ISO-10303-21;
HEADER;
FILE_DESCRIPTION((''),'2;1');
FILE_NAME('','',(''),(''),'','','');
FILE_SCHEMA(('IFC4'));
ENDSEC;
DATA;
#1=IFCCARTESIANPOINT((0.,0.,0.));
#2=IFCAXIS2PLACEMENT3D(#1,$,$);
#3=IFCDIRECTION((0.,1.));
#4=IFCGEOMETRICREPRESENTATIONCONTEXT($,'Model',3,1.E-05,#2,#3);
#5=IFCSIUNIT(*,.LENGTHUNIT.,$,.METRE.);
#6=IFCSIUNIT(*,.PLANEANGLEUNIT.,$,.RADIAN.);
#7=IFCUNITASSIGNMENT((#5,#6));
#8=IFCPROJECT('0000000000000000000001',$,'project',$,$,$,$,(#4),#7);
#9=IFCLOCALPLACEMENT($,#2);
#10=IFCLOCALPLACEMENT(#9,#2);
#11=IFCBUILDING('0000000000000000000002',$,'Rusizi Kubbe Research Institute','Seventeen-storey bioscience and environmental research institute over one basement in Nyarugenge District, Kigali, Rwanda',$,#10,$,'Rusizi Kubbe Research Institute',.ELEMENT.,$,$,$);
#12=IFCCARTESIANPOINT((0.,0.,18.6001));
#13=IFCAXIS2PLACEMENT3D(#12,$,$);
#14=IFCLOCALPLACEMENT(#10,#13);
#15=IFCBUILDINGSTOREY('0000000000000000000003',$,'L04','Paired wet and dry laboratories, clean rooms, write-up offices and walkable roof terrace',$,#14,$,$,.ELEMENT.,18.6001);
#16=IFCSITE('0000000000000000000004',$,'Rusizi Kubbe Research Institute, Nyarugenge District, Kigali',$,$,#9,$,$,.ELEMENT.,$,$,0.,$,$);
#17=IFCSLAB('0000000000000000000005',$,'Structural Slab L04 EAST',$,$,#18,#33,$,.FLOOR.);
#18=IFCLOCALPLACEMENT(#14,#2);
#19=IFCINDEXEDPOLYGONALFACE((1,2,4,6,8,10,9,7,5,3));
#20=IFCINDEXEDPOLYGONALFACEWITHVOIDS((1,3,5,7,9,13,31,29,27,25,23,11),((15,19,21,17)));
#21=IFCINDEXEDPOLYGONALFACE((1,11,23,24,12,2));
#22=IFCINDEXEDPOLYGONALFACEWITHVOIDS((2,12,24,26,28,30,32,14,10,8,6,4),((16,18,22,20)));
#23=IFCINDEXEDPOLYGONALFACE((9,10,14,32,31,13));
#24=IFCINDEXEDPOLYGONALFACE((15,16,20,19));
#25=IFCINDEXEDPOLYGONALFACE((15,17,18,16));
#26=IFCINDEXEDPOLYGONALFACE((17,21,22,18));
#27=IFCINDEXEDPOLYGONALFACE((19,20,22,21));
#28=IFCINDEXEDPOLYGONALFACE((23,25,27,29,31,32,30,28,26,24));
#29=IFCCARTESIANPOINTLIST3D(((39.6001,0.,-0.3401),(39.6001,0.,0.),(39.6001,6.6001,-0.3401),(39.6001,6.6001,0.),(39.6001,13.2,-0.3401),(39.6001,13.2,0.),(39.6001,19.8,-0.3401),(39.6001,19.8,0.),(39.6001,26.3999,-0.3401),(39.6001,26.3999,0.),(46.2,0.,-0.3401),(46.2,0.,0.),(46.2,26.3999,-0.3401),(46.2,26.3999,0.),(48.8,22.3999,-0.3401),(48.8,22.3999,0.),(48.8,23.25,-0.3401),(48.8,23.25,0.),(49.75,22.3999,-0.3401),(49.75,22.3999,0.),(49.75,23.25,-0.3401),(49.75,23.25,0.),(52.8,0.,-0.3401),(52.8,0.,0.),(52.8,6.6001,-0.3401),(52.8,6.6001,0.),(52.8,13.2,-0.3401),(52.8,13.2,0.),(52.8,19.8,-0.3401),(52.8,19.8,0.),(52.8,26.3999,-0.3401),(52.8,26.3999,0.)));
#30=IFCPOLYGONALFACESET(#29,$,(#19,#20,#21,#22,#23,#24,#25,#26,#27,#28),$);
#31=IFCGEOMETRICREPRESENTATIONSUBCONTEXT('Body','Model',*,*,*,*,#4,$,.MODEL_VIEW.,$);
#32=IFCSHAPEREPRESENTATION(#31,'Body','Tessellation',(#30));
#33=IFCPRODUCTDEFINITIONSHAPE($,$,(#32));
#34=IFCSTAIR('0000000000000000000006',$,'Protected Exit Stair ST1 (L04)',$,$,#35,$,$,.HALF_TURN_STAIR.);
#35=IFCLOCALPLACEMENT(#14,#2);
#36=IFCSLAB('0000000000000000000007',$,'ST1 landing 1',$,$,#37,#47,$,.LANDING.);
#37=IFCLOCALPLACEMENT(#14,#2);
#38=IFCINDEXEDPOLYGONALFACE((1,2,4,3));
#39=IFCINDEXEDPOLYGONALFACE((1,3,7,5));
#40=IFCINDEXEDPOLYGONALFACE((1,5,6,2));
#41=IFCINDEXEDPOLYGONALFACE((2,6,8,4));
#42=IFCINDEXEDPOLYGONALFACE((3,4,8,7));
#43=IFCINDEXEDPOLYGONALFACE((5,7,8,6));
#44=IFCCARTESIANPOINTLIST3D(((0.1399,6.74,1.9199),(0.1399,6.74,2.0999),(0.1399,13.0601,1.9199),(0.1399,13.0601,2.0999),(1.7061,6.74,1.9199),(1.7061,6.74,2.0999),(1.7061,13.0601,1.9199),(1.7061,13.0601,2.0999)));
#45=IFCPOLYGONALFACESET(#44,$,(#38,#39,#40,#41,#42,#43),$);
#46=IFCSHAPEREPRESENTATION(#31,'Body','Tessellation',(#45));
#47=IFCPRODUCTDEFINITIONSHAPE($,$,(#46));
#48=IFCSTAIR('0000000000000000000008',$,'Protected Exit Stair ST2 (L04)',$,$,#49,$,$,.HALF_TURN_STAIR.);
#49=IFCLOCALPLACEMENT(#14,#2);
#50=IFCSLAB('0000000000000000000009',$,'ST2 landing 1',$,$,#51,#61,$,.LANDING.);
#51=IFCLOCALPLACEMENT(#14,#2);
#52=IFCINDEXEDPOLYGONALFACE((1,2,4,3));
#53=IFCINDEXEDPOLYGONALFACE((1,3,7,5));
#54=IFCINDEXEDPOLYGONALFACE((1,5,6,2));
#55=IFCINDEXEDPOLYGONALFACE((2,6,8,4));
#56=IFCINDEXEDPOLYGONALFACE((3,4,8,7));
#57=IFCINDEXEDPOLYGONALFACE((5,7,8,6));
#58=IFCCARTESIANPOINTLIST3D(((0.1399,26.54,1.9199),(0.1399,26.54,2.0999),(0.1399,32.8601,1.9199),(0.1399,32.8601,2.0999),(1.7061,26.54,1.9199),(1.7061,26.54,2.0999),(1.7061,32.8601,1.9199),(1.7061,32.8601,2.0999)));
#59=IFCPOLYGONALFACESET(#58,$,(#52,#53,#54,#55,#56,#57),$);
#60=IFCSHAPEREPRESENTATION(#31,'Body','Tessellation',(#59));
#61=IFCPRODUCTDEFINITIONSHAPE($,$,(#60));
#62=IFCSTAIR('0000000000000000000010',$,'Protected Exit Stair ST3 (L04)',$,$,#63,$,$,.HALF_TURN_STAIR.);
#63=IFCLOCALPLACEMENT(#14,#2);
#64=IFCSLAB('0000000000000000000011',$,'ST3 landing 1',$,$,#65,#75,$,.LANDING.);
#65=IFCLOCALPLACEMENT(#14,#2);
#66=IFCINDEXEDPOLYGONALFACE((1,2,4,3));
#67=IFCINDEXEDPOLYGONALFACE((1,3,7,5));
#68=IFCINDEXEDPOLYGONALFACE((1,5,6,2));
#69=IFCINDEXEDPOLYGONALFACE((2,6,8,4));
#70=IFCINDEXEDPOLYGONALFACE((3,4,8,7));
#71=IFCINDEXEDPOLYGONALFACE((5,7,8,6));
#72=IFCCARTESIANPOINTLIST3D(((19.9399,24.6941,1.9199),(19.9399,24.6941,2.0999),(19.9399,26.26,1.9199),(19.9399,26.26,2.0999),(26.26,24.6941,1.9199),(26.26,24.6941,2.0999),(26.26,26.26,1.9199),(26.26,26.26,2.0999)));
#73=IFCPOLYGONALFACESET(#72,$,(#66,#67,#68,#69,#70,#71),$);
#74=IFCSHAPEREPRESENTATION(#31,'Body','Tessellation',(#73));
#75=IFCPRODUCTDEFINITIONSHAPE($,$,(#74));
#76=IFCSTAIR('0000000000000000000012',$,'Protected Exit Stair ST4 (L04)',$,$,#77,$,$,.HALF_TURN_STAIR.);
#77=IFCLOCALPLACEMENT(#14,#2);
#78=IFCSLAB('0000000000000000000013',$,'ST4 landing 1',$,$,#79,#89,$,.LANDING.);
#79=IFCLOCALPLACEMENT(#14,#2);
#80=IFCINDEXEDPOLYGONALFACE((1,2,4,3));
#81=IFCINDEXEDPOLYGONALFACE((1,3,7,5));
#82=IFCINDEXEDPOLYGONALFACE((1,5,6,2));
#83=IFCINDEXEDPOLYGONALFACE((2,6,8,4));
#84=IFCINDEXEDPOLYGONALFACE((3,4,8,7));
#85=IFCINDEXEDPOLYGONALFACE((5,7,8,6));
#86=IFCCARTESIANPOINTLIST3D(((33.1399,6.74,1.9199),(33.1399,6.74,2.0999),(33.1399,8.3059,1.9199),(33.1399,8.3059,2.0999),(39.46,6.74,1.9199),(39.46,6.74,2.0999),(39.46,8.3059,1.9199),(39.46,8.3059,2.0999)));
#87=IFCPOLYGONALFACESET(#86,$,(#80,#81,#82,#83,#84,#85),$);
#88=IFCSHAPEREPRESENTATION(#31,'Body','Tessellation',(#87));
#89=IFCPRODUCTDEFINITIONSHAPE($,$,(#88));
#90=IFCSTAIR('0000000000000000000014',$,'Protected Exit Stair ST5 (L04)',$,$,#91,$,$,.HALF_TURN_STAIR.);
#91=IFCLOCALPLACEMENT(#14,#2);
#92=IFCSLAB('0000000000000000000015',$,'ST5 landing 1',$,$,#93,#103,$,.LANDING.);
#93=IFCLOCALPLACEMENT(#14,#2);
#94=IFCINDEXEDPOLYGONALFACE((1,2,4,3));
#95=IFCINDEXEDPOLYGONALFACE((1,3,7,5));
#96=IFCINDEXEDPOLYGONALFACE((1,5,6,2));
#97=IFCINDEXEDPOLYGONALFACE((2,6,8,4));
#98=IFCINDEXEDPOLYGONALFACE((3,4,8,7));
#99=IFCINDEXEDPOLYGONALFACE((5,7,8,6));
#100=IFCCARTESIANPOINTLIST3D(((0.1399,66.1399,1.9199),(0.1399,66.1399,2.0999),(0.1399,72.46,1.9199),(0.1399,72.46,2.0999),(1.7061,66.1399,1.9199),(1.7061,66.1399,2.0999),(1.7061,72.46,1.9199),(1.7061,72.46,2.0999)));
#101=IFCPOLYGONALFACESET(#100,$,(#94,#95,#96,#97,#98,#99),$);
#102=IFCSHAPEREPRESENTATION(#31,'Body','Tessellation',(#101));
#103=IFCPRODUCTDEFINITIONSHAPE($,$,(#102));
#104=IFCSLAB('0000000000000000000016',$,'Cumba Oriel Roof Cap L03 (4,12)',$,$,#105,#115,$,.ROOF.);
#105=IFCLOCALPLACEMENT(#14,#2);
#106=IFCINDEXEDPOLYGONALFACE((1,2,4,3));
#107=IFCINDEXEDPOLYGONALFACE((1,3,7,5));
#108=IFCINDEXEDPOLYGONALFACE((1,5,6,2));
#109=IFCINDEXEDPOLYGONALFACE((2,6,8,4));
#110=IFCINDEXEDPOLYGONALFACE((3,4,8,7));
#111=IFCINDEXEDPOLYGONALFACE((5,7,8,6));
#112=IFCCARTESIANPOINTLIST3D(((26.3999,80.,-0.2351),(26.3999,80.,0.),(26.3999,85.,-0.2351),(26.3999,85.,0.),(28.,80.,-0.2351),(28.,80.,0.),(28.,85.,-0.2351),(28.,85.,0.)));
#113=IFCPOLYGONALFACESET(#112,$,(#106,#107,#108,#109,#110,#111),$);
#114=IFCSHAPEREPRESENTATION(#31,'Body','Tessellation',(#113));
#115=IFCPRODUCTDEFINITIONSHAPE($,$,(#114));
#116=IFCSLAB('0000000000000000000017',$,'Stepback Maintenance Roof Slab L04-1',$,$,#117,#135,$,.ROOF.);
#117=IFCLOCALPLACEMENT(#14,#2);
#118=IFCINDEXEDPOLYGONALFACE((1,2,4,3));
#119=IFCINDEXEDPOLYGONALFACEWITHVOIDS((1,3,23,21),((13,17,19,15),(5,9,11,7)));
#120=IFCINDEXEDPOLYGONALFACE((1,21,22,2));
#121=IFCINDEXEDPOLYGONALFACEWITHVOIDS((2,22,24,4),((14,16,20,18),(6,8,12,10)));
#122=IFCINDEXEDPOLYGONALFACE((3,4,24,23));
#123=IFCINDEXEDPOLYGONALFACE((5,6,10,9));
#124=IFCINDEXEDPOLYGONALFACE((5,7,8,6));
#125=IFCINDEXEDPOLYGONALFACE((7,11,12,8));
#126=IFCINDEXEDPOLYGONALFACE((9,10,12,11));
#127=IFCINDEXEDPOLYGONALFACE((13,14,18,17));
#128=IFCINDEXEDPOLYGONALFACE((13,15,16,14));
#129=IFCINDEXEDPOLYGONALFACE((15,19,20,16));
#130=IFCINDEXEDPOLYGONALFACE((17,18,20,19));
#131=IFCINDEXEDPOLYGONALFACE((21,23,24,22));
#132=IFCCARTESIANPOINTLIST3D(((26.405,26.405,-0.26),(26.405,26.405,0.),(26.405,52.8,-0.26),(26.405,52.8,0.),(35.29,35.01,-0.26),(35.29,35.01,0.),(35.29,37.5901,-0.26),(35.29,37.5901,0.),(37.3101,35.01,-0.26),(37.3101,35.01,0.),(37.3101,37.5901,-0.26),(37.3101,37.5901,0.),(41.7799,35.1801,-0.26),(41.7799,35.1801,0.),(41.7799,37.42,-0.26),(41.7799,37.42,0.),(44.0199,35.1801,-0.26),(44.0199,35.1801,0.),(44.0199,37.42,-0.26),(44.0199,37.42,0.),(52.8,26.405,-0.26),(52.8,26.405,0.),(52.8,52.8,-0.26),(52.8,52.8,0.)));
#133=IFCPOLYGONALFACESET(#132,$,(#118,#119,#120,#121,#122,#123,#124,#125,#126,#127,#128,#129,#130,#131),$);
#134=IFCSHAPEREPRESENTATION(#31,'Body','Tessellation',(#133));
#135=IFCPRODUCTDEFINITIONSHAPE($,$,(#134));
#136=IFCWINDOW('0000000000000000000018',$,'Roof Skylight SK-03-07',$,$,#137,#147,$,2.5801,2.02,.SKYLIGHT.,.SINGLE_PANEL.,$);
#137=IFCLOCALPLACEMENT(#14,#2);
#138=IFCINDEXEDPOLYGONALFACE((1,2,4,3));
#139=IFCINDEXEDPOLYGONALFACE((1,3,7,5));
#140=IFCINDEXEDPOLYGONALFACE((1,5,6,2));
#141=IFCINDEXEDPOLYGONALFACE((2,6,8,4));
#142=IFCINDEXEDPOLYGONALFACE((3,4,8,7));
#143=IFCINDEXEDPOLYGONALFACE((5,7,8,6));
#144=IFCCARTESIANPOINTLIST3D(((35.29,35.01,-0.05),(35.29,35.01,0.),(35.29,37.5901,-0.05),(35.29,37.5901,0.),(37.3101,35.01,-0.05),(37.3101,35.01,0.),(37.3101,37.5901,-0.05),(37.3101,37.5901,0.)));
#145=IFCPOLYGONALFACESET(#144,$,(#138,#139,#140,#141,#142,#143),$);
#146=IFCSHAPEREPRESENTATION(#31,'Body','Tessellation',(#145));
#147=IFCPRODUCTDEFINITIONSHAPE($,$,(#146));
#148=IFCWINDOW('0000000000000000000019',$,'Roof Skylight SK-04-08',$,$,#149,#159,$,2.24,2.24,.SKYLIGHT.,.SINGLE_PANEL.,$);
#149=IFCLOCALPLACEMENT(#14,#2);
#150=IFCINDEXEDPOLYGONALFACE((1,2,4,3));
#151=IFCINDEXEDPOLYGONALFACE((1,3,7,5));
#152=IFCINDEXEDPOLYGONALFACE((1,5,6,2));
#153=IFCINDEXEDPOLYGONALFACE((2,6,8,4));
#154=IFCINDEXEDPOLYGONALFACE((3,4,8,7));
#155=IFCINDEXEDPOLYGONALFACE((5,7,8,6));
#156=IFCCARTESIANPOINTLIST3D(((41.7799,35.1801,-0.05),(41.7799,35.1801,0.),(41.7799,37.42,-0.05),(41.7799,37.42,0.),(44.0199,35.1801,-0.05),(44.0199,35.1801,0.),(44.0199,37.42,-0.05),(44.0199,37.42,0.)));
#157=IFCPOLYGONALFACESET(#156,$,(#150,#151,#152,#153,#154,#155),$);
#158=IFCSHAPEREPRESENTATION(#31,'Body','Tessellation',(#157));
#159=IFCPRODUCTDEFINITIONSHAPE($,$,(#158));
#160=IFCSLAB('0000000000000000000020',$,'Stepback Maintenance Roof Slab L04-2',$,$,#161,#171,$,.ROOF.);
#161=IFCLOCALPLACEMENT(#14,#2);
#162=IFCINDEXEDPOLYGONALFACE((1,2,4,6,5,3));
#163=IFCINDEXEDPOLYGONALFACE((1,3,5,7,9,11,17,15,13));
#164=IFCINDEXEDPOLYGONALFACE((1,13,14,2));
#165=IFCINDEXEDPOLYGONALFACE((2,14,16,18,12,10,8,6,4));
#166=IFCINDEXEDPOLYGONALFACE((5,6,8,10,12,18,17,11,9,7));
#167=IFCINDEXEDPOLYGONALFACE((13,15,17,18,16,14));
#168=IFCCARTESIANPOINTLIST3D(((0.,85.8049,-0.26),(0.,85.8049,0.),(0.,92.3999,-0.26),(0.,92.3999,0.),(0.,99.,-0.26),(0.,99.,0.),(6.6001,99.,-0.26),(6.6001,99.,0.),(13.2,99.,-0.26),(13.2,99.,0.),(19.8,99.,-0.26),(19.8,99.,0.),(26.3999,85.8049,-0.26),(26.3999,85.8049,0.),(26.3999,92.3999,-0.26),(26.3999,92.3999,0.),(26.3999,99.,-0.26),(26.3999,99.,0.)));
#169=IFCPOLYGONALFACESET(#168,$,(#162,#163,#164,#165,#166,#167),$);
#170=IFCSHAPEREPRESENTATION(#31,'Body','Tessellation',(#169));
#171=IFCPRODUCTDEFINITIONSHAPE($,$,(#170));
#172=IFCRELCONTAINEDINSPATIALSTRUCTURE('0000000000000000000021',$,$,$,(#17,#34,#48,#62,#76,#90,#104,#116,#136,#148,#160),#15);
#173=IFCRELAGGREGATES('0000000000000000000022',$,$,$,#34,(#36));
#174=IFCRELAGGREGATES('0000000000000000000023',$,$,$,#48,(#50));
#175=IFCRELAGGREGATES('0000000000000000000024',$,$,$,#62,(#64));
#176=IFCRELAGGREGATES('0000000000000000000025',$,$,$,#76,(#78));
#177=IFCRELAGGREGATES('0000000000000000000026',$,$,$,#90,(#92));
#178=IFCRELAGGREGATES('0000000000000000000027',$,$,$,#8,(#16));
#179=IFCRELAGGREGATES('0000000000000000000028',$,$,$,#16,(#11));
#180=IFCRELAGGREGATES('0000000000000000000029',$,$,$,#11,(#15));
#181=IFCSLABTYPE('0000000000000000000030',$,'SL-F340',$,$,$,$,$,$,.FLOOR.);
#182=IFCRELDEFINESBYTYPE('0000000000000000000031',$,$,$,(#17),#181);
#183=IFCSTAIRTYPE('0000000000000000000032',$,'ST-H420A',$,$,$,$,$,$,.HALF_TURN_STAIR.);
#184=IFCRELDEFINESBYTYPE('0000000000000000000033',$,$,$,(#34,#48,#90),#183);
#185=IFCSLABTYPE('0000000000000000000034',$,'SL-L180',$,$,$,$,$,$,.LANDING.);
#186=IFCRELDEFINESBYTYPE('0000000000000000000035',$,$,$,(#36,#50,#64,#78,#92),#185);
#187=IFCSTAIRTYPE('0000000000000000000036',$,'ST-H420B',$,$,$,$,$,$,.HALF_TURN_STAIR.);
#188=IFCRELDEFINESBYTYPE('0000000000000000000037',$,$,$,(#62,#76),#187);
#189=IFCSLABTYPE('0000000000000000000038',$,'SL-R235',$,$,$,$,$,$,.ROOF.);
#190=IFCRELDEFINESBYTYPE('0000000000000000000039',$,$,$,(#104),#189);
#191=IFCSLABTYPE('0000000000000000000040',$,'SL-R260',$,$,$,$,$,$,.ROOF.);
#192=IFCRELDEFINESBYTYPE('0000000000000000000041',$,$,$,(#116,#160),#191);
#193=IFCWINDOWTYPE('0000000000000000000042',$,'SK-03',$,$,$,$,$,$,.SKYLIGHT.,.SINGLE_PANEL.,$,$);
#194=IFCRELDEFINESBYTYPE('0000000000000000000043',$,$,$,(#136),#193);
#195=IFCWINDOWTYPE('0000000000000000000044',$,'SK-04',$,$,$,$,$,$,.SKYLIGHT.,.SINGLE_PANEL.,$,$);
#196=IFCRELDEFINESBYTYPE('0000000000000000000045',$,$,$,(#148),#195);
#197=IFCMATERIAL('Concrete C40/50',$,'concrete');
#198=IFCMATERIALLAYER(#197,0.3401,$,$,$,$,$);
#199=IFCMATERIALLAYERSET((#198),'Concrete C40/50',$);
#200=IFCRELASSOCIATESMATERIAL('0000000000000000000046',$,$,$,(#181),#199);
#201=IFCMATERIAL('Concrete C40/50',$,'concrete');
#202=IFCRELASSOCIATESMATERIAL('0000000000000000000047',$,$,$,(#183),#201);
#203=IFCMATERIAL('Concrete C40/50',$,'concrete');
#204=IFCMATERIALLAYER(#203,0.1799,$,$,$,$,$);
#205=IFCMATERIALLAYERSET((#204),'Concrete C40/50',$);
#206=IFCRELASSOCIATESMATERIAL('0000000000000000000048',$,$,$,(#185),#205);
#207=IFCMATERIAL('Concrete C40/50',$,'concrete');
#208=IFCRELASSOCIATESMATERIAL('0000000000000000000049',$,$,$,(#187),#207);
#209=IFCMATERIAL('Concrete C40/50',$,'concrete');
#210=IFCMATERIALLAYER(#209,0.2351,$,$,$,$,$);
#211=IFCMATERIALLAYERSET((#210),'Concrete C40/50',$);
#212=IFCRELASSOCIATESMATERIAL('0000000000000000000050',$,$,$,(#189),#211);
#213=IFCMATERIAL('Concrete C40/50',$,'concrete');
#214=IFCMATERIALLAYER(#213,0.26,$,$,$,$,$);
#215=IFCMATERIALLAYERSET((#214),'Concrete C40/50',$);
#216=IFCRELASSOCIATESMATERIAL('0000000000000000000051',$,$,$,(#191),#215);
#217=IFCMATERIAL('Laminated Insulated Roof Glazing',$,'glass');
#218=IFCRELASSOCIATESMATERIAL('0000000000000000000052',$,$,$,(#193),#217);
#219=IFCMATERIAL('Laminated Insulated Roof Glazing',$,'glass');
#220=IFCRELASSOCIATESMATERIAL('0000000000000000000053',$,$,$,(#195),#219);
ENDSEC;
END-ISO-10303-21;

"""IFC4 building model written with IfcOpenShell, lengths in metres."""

from ifc_helpers import new_model, si_unit, direction, frame, origin, origin_2d, place, context, subcontext, project, spatial, polyline, rectangle, outline, extrude, material, layer, layer_set, type_object, element, fill, aggregate, save


model = new_model("IFC4")

# Units and contexts
model_context = context("Model", 3, precision=1e-05, world=origin(), true_north=direction((0.0, 1.0)))
body_context = subcontext(model_context, "Body", "Model", "MODEL_VIEW")
ifc_project = project(units=[si_unit("LENGTHUNIT", "METRE"), si_unit("PLANEANGLEUNIT", "RADIAN")], contexts=[model_context])

# Site, building, storey
site_placement = place(None, origin())
site = spatial("IfcSite", under=ifc_project, at=site_placement, Name="Rusizi Kubbe Research Institute, Nyarugenge District, Kigali", CompositionType="ELEMENT", RefElevation=0.0)
building_placement = place(site_placement, origin())
building = spatial("IfcBuilding", under=site, at=building_placement, Name="Rusizi Kubbe Research Institute", Description="Seventeen-storey bioscience and environmental research institute over one basement in Nyarugenge District, Kigali, Rwanda", LongName="Rusizi Kubbe Research Institute", CompositionType="ELEMENT")
storey_placement = place(building_placement, frame((0.0, 0.0, 18.6001)))
storey = spatial("IfcBuildingStorey", under=building, at=storey_placement, Name="L04", Description="Paired wet and dry laboratories, clean rooms, write-up offices and walkable roof terrace", CompositionType="ELEMENT", Elevation=18.6001)

# Slab
ifc_material_1 = material(Name="Concrete C40/50", Category="concrete")
ifc_layer_1 = layer(ifc_material_1, 0.3401)
ifc_layer_set_1 = layer_set([ifc_layer_1], Name="Concrete C40/50")
slab_type_1 = type_object("IfcSlabType", Name="SL-F340", PredefinedType="FLOOR", material=ifc_layer_set_1)
slab_1_placement = place(storey_placement, frame((0.0, 0.0, -0.3401)))
element("IfcSlab", 1, at=slab_1_placement, inside=storey, type_object=slab_type_1, Name="Structural Slab L04 EAST", PredefinedType="FLOOR", context=body_context, shape_type="SweptSolid", body=[
    extrude(outline(polyline([(39.6001, 19.8), (39.6001, 26.3999), (46.2, 26.3999), (52.8, 26.3999), (52.8, 19.8), (52.8, 13.2), (52.8, 6.6001), (52.8, 0.0), (46.2, 0.0), (39.6001, 0.0), (39.6001, 6.6001), (39.6001, 13.2), (39.6001, 19.8)]), holes=[polyline([(48.8, 23.25), (48.8, 22.3999), (49.75, 22.3999), (49.75, 23.25), (48.8, 23.25)])]), origin(), (0.0, 0.0, 1.0), 0.3401),
])

# Stairs, slabs
ifc_material_2 = material(Name="Concrete C40/50", Category="concrete")
stair_type_1 = type_object("IfcStairType", Name="ST-H420A", PredefinedType="HALF_TURN_STAIR", material=ifc_material_2)
stair_1_placement = place(storey_placement, origin())
stair_1 = element("IfcStair", 2, at=stair_1_placement, inside=storey, type_object=stair_type_1, Name="Protected Exit Stair ST1 (L04)", PredefinedType="HALF_TURN_STAIR")
ifc_material_3 = material(Name="Concrete C40/50", Category="concrete")
ifc_layer_2 = layer(ifc_material_3, 0.1799)
ifc_layer_set_2 = layer_set([ifc_layer_2], Name="Concrete C40/50")
slab_type_2 = type_object("IfcSlabType", Name="SL-L180", PredefinedType="LANDING", material=ifc_layer_set_2)
slab_2_placement = place(storey_placement, frame((0.0, 0.0, 1.9199)))
slab_2 = element("IfcSlab", 3, at=slab_2_placement, type_object=slab_type_2, Name="ST1 landing 1", PredefinedType="LANDING", context=body_context, shape_type="SweptSolid", body=[
    extrude(outline(polyline([(1.7061, 13.0601), (0.1399, 13.0601), (0.1399, 6.74), (1.7061, 6.74), (1.7061, 13.0601)])), origin(), (0.0, 0.0, 1.0), 0.1799),
])
aggregate(stair_1, [slab_2])
stair_2_placement = place(storey_placement, origin())
stair_2 = element("IfcStair", 4, at=stair_2_placement, inside=storey, type_object=stair_type_1, Name="Protected Exit Stair ST2 (L04)", PredefinedType="HALF_TURN_STAIR")
slab_3_placement = place(storey_placement, frame((0.0, 0.0, 1.9199)))
slab_3 = element("IfcSlab", 5, at=slab_3_placement, type_object=slab_type_2, Name="ST2 landing 1", PredefinedType="LANDING", context=body_context, shape_type="SweptSolid", body=[
    extrude(outline(polyline([(1.7061, 32.8601), (0.1399, 32.8601), (0.1399, 26.54), (1.7061, 26.54), (1.7061, 32.8601)])), origin(), (0.0, 0.0, 1.0), 0.1799),
])
aggregate(stair_2, [slab_3])
ifc_material_4 = material(Name="Concrete C40/50", Category="concrete")
stair_type_2 = type_object("IfcStairType", Name="ST-H420B", PredefinedType="HALF_TURN_STAIR", material=ifc_material_4)
stair_3_placement = place(storey_placement, origin())
stair_3 = element("IfcStair", 6, at=stair_3_placement, inside=storey, type_object=stair_type_2, Name="Protected Exit Stair ST3 (L04)", PredefinedType="HALF_TURN_STAIR")
slab_4_placement = place(storey_placement, frame((0.0, 0.0, 1.9199)))
slab_4 = element("IfcSlab", 7, at=slab_4_placement, type_object=slab_type_2, Name="ST3 landing 1", PredefinedType="LANDING", context=body_context, shape_type="SweptSolid", body=[
    extrude(outline(polyline([(26.26, 24.6941), (26.26, 26.26), (19.9399, 26.26), (19.9399, 24.6941), (26.26, 24.6941)])), origin(), (0.0, 0.0, 1.0), 0.1799),
])
aggregate(stair_3, [slab_4])
stair_4_placement = place(storey_placement, origin())
stair_4 = element("IfcStair", 8, at=stair_4_placement, inside=storey, type_object=stair_type_2, Name="Protected Exit Stair ST4 (L04)", PredefinedType="HALF_TURN_STAIR")
slab_5_placement = place(storey_placement, frame((0.0, 0.0, 1.9199)))
slab_5 = element("IfcSlab", 9, at=slab_5_placement, type_object=slab_type_2, Name="ST4 landing 1", PredefinedType="LANDING", context=body_context, shape_type="SweptSolid", body=[
    extrude(outline(polyline([(33.1399, 8.3059), (33.1399, 6.74), (39.46, 6.74), (39.46, 8.3059), (33.1399, 8.3059)])), origin(), (0.0, 0.0, 1.0), 0.1799),
])
aggregate(stair_4, [slab_5])
stair_5_placement = place(storey_placement, origin())
stair_5 = element("IfcStair", 10, at=stair_5_placement, inside=storey, type_object=stair_type_1, Name="Protected Exit Stair ST5 (L04)", PredefinedType="HALF_TURN_STAIR")
slab_6_placement = place(storey_placement, frame((0.0, 0.0, 1.9199)))
slab_6 = element("IfcSlab", 11, at=slab_6_placement, type_object=slab_type_2, Name="ST5 landing 1", PredefinedType="LANDING", context=body_context, shape_type="SweptSolid", body=[
    extrude(outline(polyline([(1.7061, 72.46), (0.1399, 72.46), (0.1399, 66.1399), (1.7061, 66.1399), (1.7061, 72.46)])), origin(), (0.0, 0.0, 1.0), 0.1799),
])
aggregate(stair_5, [slab_6])

# Slab
ifc_material_5 = material(Name="Concrete C40/50", Category="concrete")
ifc_layer_3 = layer(ifc_material_5, 0.2351)
ifc_layer_set_3 = layer_set([ifc_layer_3], Name="Concrete C40/50")
slab_type_3 = type_object("IfcSlabType", Name="SL-R235", PredefinedType="ROOF", material=ifc_layer_set_3)
slab_7_placement = place(storey_placement, frame((0.0, 0.0, -0.2351)))
element("IfcSlab", 12, at=slab_7_placement, inside=storey, type_object=slab_type_3, Name="Cumba Oriel Roof Cap L03 (4,12)", PredefinedType="ROOF", context=body_context, shape_type="SweptSolid", body=[
    extrude(outline(polyline([(26.3999, 80.0), (28.0, 80.0), (28.0, 85.0), (26.3999, 85.0), (26.3999, 80.0)])), origin(), (0.0, 0.0, 1.0), 0.2351),
])

# Slab, openings, windows
ifc_material_6 = material(Name="Concrete C40/50", Category="concrete")
ifc_layer_4 = layer(ifc_material_6, 0.26)
ifc_layer_set_4 = layer_set([ifc_layer_4], Name="Concrete C40/50")
slab_type_4 = type_object("IfcSlabType", Name="SL-R260", PredefinedType="ROOF", material=ifc_layer_set_4)
slab_8_placement = place(storey_placement, frame((0.0, 0.0, -0.26)))
slab_8 = element("IfcSlab", 13, at=slab_8_placement, inside=storey, type_object=slab_type_4, Name="Stepback Maintenance Roof Slab L04-1", PredefinedType="ROOF", context=body_context, shape_type="SweptSolid", body=[
    extrude(outline(polyline([(33.0, 52.8), (39.6001, 52.8), (46.2, 52.8), (52.8, 52.8), (52.8, 46.2), (52.8, 39.6001), (52.8, 33.0), (52.8, 26.405), (26.405, 26.405), (26.405, 52.8), (33.0, 52.8)])), origin(), (0.0, 0.0, 1.0), 0.26),
])
opening_1_placement = place(slab_8_placement, frame((36.3, 36.3, -0.01)))
opening_1 = element("IfcOpeningElement", 14, at=opening_1_placement, cuts=slab_8, PredefinedType="OPENING", context=body_context, shape_type="SweptSolid", body=[
    extrude(rectangle(XDim=2.02, YDim=2.5801, at=origin_2d()), origin(), (0.0, 0.0, 1.0), 0.28),
])
opening_2_placement = place(slab_8_placement, frame((42.8999, 36.3, -0.01)))
opening_2 = element("IfcOpeningElement", 15, at=opening_2_placement, cuts=slab_8, PredefinedType="OPENING", context=body_context, shape_type="SweptSolid", body=[
    extrude(rectangle(XDim=2.24, YDim=2.24, at=origin_2d()), origin(), (0.0, 0.0, 1.0), 0.28),
])
ifc_material_7 = material(Name="Laminated Insulated Roof Glazing", Category="glass")
window_type_1 = type_object("IfcWindowType", Name="SK-03", PartitioningType="SINGLE_PANEL", PredefinedType="SKYLIGHT", material=ifc_material_7)
window_1_placement = place(slab_8_placement, frame((36.3, 36.3, 0.21)))
window_1 = element("IfcWindow", 16, at=window_1_placement, inside=storey, type_object=window_type_1, Name="Roof Skylight SK-03-07", OverallHeight=2.5801, OverallWidth=2.02, PartitioningType="SINGLE_PANEL", PredefinedType="SKYLIGHT", context=body_context, shape_type="SweptSolid", body=[
    extrude(rectangle(XDim=2.02, YDim=2.5801, at=origin_2d()), origin(), (0.0, 0.0, 1.0), 0.05),
])
fill(opening_1, window_1)
ifc_material_8 = material(Name="Laminated Insulated Roof Glazing", Category="glass")
window_type_2 = type_object("IfcWindowType", Name="SK-04", PartitioningType="SINGLE_PANEL", PredefinedType="SKYLIGHT", material=ifc_material_8)
window_2_placement = place(slab_8_placement, frame((42.8999, 36.3, 0.21)))
window_2 = element("IfcWindow", 17, at=window_2_placement, inside=storey, type_object=window_type_2, Name="Roof Skylight SK-04-08", OverallHeight=2.24, OverallWidth=2.24, PartitioningType="SINGLE_PANEL", PredefinedType="SKYLIGHT", context=body_context, shape_type="SweptSolid", body=[
    extrude(rectangle(XDim=2.24, YDim=2.24, at=origin_2d()), origin(), (0.0, 0.0, 1.0), 0.05),
])
fill(opening_2, window_2)

# Slab
slab_9_placement = place(storey_placement, frame((0.0, 0.0, -0.26)))
element("IfcSlab", 18, at=slab_9_placement, inside=storey, type_object=slab_type_4, Name="Stepback Maintenance Roof Slab L04-2", PredefinedType="ROOF", context=body_context, shape_type="SweptSolid", body=[
    extrude(outline(polyline([(0.0, 92.3999), (0.0, 99.0), (6.6001, 99.0), (13.2, 99.0), (19.8, 99.0), (26.3999, 99.0), (26.3999, 92.3999), (26.3999, 85.8049), (0.0, 85.8049), (0.0, 92.3999)])), origin(), (0.0, 0.0, 1.0), 0.26),
])

save(model, "model.ifc")
